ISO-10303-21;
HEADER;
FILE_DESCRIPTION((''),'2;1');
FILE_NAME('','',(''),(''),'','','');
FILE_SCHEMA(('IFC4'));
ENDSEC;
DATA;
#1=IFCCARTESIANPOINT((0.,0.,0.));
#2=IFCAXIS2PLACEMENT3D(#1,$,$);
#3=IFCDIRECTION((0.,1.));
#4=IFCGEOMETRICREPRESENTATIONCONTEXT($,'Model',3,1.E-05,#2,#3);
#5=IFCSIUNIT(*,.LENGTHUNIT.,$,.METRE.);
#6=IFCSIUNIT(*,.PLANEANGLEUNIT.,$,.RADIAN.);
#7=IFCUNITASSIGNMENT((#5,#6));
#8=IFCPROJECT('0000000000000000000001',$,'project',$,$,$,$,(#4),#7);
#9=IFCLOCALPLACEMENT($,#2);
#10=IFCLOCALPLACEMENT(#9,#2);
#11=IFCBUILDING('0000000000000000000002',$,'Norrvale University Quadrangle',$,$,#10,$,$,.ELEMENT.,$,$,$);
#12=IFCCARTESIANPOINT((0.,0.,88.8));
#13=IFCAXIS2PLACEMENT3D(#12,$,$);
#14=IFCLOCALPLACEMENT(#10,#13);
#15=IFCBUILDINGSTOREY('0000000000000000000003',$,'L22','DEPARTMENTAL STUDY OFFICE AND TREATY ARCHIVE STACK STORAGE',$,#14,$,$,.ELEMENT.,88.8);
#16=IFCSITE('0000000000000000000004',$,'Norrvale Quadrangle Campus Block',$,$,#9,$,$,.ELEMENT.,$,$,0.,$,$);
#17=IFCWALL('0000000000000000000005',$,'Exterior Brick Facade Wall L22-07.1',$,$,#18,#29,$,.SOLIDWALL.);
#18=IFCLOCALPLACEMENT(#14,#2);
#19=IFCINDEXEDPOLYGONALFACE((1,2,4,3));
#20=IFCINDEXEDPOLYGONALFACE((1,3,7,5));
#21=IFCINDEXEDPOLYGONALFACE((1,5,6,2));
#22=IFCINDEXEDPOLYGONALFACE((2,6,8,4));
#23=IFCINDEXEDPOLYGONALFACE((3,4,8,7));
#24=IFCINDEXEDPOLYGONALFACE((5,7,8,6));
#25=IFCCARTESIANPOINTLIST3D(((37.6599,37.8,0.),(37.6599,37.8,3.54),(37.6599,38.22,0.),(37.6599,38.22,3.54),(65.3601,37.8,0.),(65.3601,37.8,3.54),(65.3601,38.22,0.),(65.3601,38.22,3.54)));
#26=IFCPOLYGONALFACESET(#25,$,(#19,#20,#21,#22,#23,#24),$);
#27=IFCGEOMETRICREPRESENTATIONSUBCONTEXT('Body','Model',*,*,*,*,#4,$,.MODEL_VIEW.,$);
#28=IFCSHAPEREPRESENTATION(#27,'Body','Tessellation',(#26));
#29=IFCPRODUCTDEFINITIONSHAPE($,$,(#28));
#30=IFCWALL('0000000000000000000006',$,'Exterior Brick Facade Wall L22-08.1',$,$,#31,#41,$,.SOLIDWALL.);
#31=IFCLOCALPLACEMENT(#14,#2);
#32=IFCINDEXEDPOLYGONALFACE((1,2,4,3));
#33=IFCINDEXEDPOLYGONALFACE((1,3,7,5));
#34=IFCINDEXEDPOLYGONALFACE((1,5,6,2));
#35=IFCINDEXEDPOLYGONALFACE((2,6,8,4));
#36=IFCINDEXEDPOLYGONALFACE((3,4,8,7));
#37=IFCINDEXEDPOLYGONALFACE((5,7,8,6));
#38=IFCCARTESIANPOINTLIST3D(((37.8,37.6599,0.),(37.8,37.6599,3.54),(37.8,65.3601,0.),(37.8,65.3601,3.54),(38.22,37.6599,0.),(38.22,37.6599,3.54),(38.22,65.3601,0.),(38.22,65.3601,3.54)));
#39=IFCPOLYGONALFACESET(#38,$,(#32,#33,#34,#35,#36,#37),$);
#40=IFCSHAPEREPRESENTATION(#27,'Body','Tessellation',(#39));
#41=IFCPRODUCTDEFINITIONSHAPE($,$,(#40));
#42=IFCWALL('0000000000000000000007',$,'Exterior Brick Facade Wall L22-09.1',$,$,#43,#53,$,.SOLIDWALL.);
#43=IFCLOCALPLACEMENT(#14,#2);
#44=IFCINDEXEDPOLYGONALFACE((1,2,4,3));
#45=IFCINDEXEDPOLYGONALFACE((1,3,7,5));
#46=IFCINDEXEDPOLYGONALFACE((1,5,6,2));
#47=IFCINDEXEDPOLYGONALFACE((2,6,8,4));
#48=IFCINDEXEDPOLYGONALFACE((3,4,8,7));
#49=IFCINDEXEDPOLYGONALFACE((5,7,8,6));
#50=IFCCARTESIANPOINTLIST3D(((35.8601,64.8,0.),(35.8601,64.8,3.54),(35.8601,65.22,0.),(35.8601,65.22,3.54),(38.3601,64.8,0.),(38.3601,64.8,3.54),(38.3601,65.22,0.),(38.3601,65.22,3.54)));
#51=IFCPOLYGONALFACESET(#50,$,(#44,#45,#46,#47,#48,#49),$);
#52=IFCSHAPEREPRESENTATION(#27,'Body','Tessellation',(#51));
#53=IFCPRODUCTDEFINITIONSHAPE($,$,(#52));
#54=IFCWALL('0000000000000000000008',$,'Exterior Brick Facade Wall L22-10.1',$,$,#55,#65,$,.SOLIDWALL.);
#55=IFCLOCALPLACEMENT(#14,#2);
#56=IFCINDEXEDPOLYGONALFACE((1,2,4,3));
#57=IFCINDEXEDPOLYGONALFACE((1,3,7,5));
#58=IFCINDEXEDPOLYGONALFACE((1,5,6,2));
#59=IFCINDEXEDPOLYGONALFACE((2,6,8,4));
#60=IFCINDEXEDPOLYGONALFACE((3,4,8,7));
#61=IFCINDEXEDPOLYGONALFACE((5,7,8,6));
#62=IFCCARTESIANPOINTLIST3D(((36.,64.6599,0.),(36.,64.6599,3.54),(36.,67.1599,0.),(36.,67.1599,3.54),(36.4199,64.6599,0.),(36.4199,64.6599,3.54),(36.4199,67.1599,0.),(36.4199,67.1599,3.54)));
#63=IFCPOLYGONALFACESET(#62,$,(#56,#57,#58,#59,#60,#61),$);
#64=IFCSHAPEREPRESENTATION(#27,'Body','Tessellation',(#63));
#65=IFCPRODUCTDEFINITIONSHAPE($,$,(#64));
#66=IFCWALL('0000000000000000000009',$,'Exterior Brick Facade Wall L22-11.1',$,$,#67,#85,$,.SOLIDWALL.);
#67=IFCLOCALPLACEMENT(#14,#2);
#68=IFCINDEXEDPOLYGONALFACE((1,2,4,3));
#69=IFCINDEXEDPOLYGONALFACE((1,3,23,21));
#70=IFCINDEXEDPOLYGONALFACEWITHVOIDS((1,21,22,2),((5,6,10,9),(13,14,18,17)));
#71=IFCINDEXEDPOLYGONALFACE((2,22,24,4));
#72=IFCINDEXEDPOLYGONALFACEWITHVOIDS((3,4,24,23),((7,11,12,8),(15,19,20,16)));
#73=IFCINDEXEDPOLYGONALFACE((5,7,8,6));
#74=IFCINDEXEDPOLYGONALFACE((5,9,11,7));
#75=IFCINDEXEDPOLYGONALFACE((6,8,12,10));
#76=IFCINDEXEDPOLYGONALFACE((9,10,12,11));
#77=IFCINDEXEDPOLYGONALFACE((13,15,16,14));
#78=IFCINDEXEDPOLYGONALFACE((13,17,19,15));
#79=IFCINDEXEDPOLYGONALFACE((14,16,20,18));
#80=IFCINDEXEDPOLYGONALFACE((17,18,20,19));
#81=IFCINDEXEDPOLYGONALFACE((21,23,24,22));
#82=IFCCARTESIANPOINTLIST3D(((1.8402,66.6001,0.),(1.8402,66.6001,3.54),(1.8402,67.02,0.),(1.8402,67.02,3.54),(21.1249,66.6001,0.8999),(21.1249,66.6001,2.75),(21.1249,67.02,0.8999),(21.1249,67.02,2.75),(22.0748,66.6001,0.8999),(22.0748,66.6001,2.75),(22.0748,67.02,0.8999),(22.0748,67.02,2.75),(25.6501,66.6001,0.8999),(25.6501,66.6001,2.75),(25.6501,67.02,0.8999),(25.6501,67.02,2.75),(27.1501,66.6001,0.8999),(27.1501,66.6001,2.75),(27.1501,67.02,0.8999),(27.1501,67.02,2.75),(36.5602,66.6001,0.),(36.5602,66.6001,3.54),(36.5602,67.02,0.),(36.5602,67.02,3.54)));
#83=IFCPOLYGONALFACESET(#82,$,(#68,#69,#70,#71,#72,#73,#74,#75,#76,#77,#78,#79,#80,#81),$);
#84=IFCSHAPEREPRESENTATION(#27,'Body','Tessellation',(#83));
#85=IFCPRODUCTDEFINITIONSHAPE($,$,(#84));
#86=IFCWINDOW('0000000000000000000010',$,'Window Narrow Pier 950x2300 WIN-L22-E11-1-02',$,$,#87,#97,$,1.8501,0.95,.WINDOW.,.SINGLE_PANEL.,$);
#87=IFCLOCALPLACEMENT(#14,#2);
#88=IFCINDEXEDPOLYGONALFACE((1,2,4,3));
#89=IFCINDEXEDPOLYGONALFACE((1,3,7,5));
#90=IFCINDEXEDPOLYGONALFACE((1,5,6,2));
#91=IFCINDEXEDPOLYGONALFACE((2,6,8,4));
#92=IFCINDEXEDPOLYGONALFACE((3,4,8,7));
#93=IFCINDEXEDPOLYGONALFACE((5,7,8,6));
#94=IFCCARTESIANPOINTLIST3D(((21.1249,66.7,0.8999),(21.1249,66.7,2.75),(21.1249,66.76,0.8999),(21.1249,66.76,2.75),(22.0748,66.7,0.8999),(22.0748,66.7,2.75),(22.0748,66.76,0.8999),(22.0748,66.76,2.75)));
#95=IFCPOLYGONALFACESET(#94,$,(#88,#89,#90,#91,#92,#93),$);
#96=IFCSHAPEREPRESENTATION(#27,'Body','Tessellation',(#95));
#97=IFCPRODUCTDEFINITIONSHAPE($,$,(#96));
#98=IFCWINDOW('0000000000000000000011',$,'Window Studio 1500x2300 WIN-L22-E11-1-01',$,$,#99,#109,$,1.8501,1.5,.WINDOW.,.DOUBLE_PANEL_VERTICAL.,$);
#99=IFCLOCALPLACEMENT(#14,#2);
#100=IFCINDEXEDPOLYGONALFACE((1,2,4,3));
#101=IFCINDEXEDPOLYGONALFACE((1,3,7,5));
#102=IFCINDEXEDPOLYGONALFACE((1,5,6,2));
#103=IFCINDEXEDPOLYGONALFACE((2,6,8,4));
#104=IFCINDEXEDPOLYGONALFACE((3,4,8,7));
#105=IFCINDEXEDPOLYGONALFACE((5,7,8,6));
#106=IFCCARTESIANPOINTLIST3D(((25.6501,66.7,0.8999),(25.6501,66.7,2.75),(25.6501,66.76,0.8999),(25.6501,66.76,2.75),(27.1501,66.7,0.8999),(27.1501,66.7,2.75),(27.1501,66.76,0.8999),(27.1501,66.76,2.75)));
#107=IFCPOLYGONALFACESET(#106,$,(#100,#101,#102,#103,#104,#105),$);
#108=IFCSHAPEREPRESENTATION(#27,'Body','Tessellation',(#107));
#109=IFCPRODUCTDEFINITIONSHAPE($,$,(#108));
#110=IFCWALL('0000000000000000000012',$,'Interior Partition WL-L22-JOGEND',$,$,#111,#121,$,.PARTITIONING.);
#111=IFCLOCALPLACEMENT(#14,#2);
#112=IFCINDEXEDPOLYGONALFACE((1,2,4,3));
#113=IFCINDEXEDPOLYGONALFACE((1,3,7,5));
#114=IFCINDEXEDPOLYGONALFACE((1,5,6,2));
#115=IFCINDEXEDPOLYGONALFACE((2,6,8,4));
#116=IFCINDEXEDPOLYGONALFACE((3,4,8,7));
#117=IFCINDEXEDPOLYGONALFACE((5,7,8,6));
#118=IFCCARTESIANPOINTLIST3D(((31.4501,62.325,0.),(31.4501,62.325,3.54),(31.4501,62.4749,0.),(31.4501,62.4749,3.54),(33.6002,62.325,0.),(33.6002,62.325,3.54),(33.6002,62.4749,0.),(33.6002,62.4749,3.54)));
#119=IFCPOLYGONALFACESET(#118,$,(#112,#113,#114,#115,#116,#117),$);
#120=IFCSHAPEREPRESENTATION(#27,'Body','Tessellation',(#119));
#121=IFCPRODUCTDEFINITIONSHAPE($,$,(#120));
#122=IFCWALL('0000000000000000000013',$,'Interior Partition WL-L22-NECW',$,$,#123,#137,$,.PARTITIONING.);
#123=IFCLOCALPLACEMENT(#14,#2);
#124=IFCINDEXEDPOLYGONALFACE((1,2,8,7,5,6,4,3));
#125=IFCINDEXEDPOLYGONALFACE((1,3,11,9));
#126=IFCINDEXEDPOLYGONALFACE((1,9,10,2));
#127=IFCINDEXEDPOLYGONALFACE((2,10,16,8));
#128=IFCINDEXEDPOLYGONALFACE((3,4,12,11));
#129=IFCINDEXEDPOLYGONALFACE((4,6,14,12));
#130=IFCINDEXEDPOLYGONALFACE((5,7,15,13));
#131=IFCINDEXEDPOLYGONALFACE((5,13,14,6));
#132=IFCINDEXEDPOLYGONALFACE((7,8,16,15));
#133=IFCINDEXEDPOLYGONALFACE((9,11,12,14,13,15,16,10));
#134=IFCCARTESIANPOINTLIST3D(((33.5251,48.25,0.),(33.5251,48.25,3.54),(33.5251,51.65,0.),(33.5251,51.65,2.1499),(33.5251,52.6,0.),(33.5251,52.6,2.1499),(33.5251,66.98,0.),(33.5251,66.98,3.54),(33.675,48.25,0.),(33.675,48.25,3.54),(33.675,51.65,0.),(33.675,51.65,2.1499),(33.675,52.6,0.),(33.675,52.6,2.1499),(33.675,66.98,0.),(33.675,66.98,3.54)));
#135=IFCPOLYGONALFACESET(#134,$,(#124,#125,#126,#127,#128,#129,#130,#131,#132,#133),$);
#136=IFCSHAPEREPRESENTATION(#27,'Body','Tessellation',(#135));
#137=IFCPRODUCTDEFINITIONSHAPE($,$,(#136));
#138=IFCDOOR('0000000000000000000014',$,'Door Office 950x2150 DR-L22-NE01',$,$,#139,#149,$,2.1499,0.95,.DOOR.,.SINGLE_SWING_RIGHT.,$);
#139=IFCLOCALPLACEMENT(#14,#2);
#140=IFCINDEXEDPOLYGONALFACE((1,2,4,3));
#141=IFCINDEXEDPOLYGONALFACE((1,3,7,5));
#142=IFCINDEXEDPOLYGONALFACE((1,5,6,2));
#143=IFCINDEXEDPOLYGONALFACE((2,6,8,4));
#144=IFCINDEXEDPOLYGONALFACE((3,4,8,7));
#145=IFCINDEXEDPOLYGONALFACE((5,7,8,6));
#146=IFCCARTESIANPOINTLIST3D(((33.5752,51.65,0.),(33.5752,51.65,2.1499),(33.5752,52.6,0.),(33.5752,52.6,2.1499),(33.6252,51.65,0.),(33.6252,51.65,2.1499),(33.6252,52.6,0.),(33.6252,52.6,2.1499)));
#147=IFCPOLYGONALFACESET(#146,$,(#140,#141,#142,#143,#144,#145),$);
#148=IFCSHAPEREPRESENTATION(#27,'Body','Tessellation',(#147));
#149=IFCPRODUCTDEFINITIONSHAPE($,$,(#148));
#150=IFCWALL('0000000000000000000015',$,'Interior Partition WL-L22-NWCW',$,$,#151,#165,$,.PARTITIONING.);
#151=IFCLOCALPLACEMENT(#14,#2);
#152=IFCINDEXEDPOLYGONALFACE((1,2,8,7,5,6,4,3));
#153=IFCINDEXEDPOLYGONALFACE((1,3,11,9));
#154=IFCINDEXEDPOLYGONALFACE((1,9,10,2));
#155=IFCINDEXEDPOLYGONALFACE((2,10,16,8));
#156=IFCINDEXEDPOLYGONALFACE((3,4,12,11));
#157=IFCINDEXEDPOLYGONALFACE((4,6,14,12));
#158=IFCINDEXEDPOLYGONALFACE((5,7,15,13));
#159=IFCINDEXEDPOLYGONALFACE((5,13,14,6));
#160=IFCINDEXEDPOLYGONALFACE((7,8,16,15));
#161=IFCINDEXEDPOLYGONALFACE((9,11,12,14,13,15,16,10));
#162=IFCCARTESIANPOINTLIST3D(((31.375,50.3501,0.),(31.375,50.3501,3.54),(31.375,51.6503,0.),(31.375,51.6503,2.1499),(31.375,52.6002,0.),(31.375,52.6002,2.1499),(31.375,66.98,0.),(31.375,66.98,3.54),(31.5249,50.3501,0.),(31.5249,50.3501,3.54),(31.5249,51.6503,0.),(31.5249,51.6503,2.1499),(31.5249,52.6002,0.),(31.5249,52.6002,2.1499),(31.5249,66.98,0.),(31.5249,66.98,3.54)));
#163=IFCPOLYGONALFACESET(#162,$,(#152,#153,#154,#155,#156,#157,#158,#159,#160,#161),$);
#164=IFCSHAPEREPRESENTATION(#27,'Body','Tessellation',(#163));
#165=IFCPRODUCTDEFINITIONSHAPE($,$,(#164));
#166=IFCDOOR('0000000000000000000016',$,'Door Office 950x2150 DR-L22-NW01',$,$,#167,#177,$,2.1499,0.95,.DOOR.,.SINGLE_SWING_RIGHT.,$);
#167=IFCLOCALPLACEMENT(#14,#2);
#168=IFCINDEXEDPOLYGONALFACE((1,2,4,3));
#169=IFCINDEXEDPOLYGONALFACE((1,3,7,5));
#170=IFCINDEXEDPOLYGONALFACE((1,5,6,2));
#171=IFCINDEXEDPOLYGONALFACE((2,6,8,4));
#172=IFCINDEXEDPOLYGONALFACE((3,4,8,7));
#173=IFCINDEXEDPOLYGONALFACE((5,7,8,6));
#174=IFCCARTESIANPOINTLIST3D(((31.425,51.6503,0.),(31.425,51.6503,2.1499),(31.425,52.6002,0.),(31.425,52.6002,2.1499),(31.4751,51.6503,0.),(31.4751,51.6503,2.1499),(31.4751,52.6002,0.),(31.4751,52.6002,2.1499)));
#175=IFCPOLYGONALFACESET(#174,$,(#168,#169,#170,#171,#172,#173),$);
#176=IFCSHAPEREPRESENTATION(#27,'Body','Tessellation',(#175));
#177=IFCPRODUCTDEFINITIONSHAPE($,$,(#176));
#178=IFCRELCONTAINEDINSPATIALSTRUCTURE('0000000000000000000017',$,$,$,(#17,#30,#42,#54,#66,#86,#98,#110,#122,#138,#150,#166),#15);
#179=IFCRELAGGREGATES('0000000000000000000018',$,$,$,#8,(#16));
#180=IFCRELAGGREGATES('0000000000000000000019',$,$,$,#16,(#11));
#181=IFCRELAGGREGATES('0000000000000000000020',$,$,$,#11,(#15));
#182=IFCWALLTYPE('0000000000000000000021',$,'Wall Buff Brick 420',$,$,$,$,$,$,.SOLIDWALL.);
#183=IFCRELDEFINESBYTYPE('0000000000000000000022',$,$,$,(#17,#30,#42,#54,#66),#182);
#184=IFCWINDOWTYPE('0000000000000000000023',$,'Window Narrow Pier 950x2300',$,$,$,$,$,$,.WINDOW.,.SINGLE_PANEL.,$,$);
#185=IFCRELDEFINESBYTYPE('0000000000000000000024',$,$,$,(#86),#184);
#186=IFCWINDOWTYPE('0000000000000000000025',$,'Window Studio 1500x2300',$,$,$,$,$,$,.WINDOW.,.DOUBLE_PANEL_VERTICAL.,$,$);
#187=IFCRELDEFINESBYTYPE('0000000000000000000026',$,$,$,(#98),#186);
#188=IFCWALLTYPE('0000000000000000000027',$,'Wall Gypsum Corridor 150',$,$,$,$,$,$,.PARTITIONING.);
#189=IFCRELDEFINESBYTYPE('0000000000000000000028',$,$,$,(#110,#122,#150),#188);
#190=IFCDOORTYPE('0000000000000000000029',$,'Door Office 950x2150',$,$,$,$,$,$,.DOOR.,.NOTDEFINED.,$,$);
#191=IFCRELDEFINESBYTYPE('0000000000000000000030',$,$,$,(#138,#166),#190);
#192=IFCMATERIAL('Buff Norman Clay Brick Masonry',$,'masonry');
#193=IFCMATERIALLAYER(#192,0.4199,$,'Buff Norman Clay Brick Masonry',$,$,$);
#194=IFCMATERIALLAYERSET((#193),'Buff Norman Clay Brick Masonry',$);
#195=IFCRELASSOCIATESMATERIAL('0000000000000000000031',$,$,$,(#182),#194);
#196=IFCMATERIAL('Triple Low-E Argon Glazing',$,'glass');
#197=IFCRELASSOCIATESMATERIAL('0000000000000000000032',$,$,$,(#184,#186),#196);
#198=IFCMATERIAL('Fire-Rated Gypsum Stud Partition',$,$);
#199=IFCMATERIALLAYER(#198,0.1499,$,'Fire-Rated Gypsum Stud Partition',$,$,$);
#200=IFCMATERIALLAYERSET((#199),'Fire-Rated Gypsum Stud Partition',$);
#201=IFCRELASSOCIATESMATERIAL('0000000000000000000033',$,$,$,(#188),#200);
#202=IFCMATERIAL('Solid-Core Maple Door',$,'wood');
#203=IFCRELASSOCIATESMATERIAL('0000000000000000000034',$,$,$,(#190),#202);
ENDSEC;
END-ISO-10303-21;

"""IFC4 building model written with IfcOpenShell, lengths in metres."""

from ifc_helpers import new_model, si_unit, direction, frame, frame_2d, origin, place, context, subcontext, project, spatial, rectangle, extrude, material, layer, layer_set, type_object, element, fill, save


model = new_model("IFC4")

# Units and contexts
model_context = context("Model", 3, precision=1e-05, world=origin(), true_north=direction((0.0, 1.0)))
body_context = subcontext(model_context, "Body", "Model", "MODEL_VIEW")
ifc_project = project(units=[si_unit("LENGTHUNIT", "METRE"), si_unit("PLANEANGLEUNIT", "RADIAN")], contexts=[model_context])

# Site, building, storey
site_placement = place(None, origin())
site = spatial("IfcSite", under=ifc_project, at=site_placement, Name="Norrvale Quadrangle Campus Block", CompositionType="ELEMENT", RefElevation=0.0)
building_placement = place(site_placement, origin())
building = spatial("IfcBuilding", under=site, at=building_placement, Name="Norrvale University Quadrangle", CompositionType="ELEMENT")
storey_placement = place(building_placement, frame((0.0, 0.0, 88.8)))
storey = spatial("IfcBuildingStorey", under=building, at=storey_placement, Name="L22", Description="DEPARTMENTAL STUDY OFFICE AND TREATY ARCHIVE STACK STORAGE", CompositionType="ELEMENT", Elevation=88.8)

# Walls
ifc_material_1 = material(Name="Buff Norman Clay Brick Masonry", Category="masonry")
ifc_layer_1 = layer(ifc_material_1, 0.4199, Name="Buff Norman Clay Brick Masonry")
ifc_layer_set_1 = layer_set([ifc_layer_1], Name="Buff Norman Clay Brick Masonry")
wall_type_1 = type_object("IfcWallType", Name="Wall Buff Brick 420", PredefinedType="SOLIDWALL", material=ifc_layer_set_1)
for number, where, z_axis, x_axis, name in (
    (1, (65.3601, 38.01, 0.0), (0.0, 0.0, 1.0), (-1.0, 0.0, 0.0), "Exterior Brick Facade Wall L22-07.1"),
    (2, (38.01, 37.6599, 0.0), (0.0, 0.0, 1.0), (0.0, 1.0, 0.0), "Exterior Brick Facade Wall L22-08.1"),
):
    element("IfcWall", number, at=place(storey_placement, frame(where, z_axis=z_axis, x_axis=x_axis)), inside=storey, type_object=wall_type_1, Name=name, PredefinedType="SOLIDWALL", context=body_context, shape_type="SweptSolid", body=[
        extrude(rectangle(XDim=27.7002, YDim=0.4199, at=frame_2d((13.8501, 0.0))), origin(), (0.0, 0.0, 1.0), 3.54),
    ])
for number, where, z_axis, x_axis, name in (
    (3, (38.3601, 65.01, 0.0), (0.0, 0.0, 1.0), (-1.0, 0.0, 0.0), "Exterior Brick Facade Wall L22-09.1"),
    (4, (36.21, 64.6599, 0.0), (0.0, 0.0, 1.0), (0.0, 1.0, 0.0), "Exterior Brick Facade Wall L22-10.1"),
):
    element("IfcWall", number, at=place(storey_placement, frame(where, z_axis=z_axis, x_axis=x_axis)), inside=storey, type_object=wall_type_1, Name=name, PredefinedType="SOLIDWALL", context=body_context, shape_type="SweptSolid", body=[
        extrude(rectangle(XDim=2.5, YDim=0.4199, at=frame_2d((1.25, 0.0))), origin(), (0.0, 0.0, 1.0), 3.54),
    ])

# Wall, openings, windows
wall_1_placement = place(storey_placement, frame((36.5601, 66.8101, 0.0), z_axis=(0.0, 0.0, 1.0), x_axis=(-1.0, 0.0, 0.0)))
wall_1 = element("IfcWall", 5, at=wall_1_placement, inside=storey, type_object=wall_type_1, Name="Exterior Brick Facade Wall L22-11.1", PredefinedType="SOLIDWALL", context=body_context, shape_type="SweptSolid", body=[
    extrude(rectangle(XDim=34.72, YDim=0.4199, at=frame_2d((17.3599, 0.0))), origin(), (0.0, 0.0, 1.0), 3.54),
])
opening_1_placement = place(wall_1_placement, frame((9.4099, 0.0, 0.8999)))
opening_1 = element("IfcOpeningElement", 6, at=opening_1_placement, cuts=wall_1, PredefinedType="OPENING", context=body_context, shape_type="SweptSolid", body=[
    extrude(rectangle(XDim=1.5, YDim=1.8501, at=frame_2d((0.75, 0.925))), frame((0.0, 0.2219, 0.0), z_axis=(0.0, -1.0, 0.0), x_axis=(1.0, 0.0, 0.0)), (0.0, 0.0, 1.0), 0.4438),
])
opening_2_placement = place(wall_1_placement, frame((14.4851, 0.0, 0.8999)))
opening_2 = element("IfcOpeningElement", 7, at=opening_2_placement, cuts=wall_1, PredefinedType="OPENING", context=body_context, shape_type="SweptSolid", body=[
    extrude(rectangle(XDim=0.95, YDim=1.8501, at=frame_2d((0.4751, 0.925))), frame((0.0, 0.2219, 0.0), z_axis=(0.0, -1.0, 0.0), x_axis=(1.0, 0.0, 0.0)), (0.0, 0.0, 1.0), 0.4438),
])
ifc_material_2 = material(Name="Triple Low-E Argon Glazing", Category="glass")
window_type_1 = type_object("IfcWindowType", Name="Window Narrow Pier 950x2300", PartitioningType="SINGLE_PANEL", PredefinedType="WINDOW", material=ifc_material_2)
window_1_placement = place(opening_2_placement, origin())
window_1 = element("IfcWindow", 8, at=window_1_placement, inside=storey, type_object=window_type_1, Name="Window Narrow Pier 950x2300 WIN-L22-E11-1-02", OverallHeight=1.8501, OverallWidth=0.95, PartitioningType="SINGLE_PANEL", PredefinedType="WINDOW", context=body_context, shape_type="SweptSolid", body=[
    extrude(rectangle(XDim=0.95, YDim=1.8501, at=frame_2d((0.4751, 0.925))), frame((0.0, 0.1101, 0.0), z_axis=(0.0, -1.0, 0.0), x_axis=(1.0, 0.0, 0.0)), (0.0, 0.0, 1.0), 0.0601),
])
fill(opening_2, window_1)
window_type_2 = type_object("IfcWindowType", Name="Window Studio 1500x2300", PartitioningType="DOUBLE_PANEL_VERTICAL", PredefinedType="WINDOW", material=ifc_material_2)
window_2_placement = place(opening_1_placement, origin())
window_2 = element("IfcWindow", 9, at=window_2_placement, inside=storey, type_object=window_type_2, Name="Window Studio 1500x2300 WIN-L22-E11-1-01", OverallHeight=1.8501, OverallWidth=1.5, PartitioningType="DOUBLE_PANEL_VERTICAL", PredefinedType="WINDOW", context=body_context, shape_type="SweptSolid", body=[
    extrude(rectangle(XDim=1.5, YDim=1.8501, at=frame_2d((0.75, 0.925))), frame((0.0, 0.1101, 0.0), z_axis=(0.0, -1.0, 0.0), x_axis=(1.0, 0.0, 0.0)), (0.0, 0.0, 1.0), 0.0601),
])
fill(opening_1, window_2)

# Wall
ifc_material_3 = material(Name="Fire-Rated Gypsum Stud Partition")
ifc_layer_2 = layer(ifc_material_3, 0.1499, Name="Fire-Rated Gypsum Stud Partition")
ifc_layer_set_2 = layer_set([ifc_layer_2], Name="Fire-Rated Gypsum Stud Partition")
wall_type_2 = type_object("IfcWallType", Name="Wall Gypsum Corridor 150", PredefinedType="PARTITIONING", material=ifc_layer_set_2)
wall_2_placement = place(storey_placement, frame((31.45, 62.3999, 0.0), z_axis=(0.0, 0.0, 1.0), x_axis=(1.0, 0.0, 0.0)))
element("IfcWall", 10, at=wall_2_placement, inside=storey, type_object=wall_type_2, Name="Interior Partition WL-L22-JOGEND", PredefinedType="PARTITIONING", context=body_context, shape_type="SweptSolid", body=[
    extrude(rectangle(XDim=2.1501, YDim=0.1499, at=frame_2d((1.0752, 0.0))), origin(), (0.0, 0.0, 1.0), 3.54),
])

# Walls, openings, doors
wall_3_placement = place(storey_placement, frame((33.6001, 48.25, 0.0), z_axis=(0.0, 0.0, 1.0), x_axis=(0.0, 1.0, 0.0)))
wall_3 = element("IfcWall", 11, at=wall_3_placement, inside=storey, type_object=wall_type_2, Name="Interior Partition WL-L22-NECW", PredefinedType="PARTITIONING", context=body_context, shape_type="SweptSolid", body=[
    extrude(rectangle(XDim=18.73, YDim=0.1499, at=frame_2d((9.365, 0.0))), origin(), (0.0, 0.0, 1.0), 3.54),
])
opening_3_placement = place(wall_3_placement, frame((3.3999, 0.0, 0.0)))
opening_3 = element("IfcOpeningElement", 12, at=opening_3_placement, cuts=wall_3, PredefinedType="OPENING", context=body_context, shape_type="SweptSolid", body=[
    extrude(rectangle(XDim=0.95, YDim=2.1499, at=frame_2d((0.4751, 1.075))), frame((0.0, 0.0869, 0.0), z_axis=(0.0, -1.0, 0.0), x_axis=(1.0, 0.0, 0.0)), (0.0, 0.0, 1.0), 0.1738),
])
ifc_material_4 = material(Name="Solid-Core Maple Door", Category="wood")
door_type = type_object("IfcDoorType", Name="Door Office 950x2150", OperationType="NOTDEFINED", PredefinedType="DOOR", material=ifc_material_4)
door_1_placement = place(opening_3_placement, origin())
door_1 = element("IfcDoor", 13, at=door_1_placement, inside=storey, type_object=door_type, Name="Door Office 950x2150 DR-L22-NE01", OperationType="SINGLE_SWING_RIGHT", OverallHeight=2.1499, OverallWidth=0.95, PredefinedType="DOOR", context=body_context, shape_type="SweptSolid", body=[
    extrude(rectangle(XDim=0.95, YDim=2.1499, at=frame_2d((0.4751, 1.075))), frame((0.0, 0.0249, 0.0), z_axis=(0.0, -1.0, 0.0), x_axis=(1.0, 0.0, 0.0)), (0.0, 0.0, 1.0), 0.05),
])
fill(opening_3, door_1)
wall_4_placement = place(storey_placement, frame((31.45, 50.3501, 0.0), z_axis=(0.0, 0.0, 1.0), x_axis=(0.0, 1.0, 0.0)))
wall_4 = element("IfcWall", 14, at=wall_4_placement, inside=storey, type_object=wall_type_2, Name="Interior Partition WL-L22-NWCW", PredefinedType="PARTITIONING", context=body_context, shape_type="SweptSolid", body=[
    extrude(rectangle(XDim=16.6299, YDim=0.1499, at=frame_2d((8.3149, 0.0))), origin(), (0.0, 0.0, 1.0), 3.54),
])
opening_4_placement = place(wall_4_placement, frame((1.3, 0.0, 0.0)))
opening_4 = element("IfcOpeningElement", 15, at=opening_4_placement, cuts=wall_4, PredefinedType="OPENING", context=body_context, shape_type="SweptSolid", body=[
    extrude(rectangle(XDim=0.95, YDim=2.1499, at=frame_2d((0.4751, 1.075))), frame((0.0, 0.0869, 0.0), z_axis=(0.0, -1.0, 0.0), x_axis=(1.0, 0.0, 0.0)), (0.0, 0.0, 1.0), 0.1738),
])
door_2_placement = place(opening_4_placement, origin())
door_2 = element("IfcDoor", 16, at=door_2_placement, inside=storey, type_object=door_type, Name="Door Office 950x2150 DR-L22-NW01", OperationType="SINGLE_SWING_RIGHT", OverallHeight=2.1499, OverallWidth=0.95, PredefinedType="DOOR", context=body_context, shape_type="SweptSolid", body=[
    extrude(rectangle(XDim=0.95, YDim=2.1499, at=frame_2d((0.4751, 1.075))), frame((0.0, 0.0249, 0.0), z_axis=(0.0, -1.0, 0.0), x_axis=(1.0, 0.0, 0.0)), (0.0, 0.0, 1.0), 0.05),
])
fill(opening_4, door_2)

save(model, "model.ifc")
